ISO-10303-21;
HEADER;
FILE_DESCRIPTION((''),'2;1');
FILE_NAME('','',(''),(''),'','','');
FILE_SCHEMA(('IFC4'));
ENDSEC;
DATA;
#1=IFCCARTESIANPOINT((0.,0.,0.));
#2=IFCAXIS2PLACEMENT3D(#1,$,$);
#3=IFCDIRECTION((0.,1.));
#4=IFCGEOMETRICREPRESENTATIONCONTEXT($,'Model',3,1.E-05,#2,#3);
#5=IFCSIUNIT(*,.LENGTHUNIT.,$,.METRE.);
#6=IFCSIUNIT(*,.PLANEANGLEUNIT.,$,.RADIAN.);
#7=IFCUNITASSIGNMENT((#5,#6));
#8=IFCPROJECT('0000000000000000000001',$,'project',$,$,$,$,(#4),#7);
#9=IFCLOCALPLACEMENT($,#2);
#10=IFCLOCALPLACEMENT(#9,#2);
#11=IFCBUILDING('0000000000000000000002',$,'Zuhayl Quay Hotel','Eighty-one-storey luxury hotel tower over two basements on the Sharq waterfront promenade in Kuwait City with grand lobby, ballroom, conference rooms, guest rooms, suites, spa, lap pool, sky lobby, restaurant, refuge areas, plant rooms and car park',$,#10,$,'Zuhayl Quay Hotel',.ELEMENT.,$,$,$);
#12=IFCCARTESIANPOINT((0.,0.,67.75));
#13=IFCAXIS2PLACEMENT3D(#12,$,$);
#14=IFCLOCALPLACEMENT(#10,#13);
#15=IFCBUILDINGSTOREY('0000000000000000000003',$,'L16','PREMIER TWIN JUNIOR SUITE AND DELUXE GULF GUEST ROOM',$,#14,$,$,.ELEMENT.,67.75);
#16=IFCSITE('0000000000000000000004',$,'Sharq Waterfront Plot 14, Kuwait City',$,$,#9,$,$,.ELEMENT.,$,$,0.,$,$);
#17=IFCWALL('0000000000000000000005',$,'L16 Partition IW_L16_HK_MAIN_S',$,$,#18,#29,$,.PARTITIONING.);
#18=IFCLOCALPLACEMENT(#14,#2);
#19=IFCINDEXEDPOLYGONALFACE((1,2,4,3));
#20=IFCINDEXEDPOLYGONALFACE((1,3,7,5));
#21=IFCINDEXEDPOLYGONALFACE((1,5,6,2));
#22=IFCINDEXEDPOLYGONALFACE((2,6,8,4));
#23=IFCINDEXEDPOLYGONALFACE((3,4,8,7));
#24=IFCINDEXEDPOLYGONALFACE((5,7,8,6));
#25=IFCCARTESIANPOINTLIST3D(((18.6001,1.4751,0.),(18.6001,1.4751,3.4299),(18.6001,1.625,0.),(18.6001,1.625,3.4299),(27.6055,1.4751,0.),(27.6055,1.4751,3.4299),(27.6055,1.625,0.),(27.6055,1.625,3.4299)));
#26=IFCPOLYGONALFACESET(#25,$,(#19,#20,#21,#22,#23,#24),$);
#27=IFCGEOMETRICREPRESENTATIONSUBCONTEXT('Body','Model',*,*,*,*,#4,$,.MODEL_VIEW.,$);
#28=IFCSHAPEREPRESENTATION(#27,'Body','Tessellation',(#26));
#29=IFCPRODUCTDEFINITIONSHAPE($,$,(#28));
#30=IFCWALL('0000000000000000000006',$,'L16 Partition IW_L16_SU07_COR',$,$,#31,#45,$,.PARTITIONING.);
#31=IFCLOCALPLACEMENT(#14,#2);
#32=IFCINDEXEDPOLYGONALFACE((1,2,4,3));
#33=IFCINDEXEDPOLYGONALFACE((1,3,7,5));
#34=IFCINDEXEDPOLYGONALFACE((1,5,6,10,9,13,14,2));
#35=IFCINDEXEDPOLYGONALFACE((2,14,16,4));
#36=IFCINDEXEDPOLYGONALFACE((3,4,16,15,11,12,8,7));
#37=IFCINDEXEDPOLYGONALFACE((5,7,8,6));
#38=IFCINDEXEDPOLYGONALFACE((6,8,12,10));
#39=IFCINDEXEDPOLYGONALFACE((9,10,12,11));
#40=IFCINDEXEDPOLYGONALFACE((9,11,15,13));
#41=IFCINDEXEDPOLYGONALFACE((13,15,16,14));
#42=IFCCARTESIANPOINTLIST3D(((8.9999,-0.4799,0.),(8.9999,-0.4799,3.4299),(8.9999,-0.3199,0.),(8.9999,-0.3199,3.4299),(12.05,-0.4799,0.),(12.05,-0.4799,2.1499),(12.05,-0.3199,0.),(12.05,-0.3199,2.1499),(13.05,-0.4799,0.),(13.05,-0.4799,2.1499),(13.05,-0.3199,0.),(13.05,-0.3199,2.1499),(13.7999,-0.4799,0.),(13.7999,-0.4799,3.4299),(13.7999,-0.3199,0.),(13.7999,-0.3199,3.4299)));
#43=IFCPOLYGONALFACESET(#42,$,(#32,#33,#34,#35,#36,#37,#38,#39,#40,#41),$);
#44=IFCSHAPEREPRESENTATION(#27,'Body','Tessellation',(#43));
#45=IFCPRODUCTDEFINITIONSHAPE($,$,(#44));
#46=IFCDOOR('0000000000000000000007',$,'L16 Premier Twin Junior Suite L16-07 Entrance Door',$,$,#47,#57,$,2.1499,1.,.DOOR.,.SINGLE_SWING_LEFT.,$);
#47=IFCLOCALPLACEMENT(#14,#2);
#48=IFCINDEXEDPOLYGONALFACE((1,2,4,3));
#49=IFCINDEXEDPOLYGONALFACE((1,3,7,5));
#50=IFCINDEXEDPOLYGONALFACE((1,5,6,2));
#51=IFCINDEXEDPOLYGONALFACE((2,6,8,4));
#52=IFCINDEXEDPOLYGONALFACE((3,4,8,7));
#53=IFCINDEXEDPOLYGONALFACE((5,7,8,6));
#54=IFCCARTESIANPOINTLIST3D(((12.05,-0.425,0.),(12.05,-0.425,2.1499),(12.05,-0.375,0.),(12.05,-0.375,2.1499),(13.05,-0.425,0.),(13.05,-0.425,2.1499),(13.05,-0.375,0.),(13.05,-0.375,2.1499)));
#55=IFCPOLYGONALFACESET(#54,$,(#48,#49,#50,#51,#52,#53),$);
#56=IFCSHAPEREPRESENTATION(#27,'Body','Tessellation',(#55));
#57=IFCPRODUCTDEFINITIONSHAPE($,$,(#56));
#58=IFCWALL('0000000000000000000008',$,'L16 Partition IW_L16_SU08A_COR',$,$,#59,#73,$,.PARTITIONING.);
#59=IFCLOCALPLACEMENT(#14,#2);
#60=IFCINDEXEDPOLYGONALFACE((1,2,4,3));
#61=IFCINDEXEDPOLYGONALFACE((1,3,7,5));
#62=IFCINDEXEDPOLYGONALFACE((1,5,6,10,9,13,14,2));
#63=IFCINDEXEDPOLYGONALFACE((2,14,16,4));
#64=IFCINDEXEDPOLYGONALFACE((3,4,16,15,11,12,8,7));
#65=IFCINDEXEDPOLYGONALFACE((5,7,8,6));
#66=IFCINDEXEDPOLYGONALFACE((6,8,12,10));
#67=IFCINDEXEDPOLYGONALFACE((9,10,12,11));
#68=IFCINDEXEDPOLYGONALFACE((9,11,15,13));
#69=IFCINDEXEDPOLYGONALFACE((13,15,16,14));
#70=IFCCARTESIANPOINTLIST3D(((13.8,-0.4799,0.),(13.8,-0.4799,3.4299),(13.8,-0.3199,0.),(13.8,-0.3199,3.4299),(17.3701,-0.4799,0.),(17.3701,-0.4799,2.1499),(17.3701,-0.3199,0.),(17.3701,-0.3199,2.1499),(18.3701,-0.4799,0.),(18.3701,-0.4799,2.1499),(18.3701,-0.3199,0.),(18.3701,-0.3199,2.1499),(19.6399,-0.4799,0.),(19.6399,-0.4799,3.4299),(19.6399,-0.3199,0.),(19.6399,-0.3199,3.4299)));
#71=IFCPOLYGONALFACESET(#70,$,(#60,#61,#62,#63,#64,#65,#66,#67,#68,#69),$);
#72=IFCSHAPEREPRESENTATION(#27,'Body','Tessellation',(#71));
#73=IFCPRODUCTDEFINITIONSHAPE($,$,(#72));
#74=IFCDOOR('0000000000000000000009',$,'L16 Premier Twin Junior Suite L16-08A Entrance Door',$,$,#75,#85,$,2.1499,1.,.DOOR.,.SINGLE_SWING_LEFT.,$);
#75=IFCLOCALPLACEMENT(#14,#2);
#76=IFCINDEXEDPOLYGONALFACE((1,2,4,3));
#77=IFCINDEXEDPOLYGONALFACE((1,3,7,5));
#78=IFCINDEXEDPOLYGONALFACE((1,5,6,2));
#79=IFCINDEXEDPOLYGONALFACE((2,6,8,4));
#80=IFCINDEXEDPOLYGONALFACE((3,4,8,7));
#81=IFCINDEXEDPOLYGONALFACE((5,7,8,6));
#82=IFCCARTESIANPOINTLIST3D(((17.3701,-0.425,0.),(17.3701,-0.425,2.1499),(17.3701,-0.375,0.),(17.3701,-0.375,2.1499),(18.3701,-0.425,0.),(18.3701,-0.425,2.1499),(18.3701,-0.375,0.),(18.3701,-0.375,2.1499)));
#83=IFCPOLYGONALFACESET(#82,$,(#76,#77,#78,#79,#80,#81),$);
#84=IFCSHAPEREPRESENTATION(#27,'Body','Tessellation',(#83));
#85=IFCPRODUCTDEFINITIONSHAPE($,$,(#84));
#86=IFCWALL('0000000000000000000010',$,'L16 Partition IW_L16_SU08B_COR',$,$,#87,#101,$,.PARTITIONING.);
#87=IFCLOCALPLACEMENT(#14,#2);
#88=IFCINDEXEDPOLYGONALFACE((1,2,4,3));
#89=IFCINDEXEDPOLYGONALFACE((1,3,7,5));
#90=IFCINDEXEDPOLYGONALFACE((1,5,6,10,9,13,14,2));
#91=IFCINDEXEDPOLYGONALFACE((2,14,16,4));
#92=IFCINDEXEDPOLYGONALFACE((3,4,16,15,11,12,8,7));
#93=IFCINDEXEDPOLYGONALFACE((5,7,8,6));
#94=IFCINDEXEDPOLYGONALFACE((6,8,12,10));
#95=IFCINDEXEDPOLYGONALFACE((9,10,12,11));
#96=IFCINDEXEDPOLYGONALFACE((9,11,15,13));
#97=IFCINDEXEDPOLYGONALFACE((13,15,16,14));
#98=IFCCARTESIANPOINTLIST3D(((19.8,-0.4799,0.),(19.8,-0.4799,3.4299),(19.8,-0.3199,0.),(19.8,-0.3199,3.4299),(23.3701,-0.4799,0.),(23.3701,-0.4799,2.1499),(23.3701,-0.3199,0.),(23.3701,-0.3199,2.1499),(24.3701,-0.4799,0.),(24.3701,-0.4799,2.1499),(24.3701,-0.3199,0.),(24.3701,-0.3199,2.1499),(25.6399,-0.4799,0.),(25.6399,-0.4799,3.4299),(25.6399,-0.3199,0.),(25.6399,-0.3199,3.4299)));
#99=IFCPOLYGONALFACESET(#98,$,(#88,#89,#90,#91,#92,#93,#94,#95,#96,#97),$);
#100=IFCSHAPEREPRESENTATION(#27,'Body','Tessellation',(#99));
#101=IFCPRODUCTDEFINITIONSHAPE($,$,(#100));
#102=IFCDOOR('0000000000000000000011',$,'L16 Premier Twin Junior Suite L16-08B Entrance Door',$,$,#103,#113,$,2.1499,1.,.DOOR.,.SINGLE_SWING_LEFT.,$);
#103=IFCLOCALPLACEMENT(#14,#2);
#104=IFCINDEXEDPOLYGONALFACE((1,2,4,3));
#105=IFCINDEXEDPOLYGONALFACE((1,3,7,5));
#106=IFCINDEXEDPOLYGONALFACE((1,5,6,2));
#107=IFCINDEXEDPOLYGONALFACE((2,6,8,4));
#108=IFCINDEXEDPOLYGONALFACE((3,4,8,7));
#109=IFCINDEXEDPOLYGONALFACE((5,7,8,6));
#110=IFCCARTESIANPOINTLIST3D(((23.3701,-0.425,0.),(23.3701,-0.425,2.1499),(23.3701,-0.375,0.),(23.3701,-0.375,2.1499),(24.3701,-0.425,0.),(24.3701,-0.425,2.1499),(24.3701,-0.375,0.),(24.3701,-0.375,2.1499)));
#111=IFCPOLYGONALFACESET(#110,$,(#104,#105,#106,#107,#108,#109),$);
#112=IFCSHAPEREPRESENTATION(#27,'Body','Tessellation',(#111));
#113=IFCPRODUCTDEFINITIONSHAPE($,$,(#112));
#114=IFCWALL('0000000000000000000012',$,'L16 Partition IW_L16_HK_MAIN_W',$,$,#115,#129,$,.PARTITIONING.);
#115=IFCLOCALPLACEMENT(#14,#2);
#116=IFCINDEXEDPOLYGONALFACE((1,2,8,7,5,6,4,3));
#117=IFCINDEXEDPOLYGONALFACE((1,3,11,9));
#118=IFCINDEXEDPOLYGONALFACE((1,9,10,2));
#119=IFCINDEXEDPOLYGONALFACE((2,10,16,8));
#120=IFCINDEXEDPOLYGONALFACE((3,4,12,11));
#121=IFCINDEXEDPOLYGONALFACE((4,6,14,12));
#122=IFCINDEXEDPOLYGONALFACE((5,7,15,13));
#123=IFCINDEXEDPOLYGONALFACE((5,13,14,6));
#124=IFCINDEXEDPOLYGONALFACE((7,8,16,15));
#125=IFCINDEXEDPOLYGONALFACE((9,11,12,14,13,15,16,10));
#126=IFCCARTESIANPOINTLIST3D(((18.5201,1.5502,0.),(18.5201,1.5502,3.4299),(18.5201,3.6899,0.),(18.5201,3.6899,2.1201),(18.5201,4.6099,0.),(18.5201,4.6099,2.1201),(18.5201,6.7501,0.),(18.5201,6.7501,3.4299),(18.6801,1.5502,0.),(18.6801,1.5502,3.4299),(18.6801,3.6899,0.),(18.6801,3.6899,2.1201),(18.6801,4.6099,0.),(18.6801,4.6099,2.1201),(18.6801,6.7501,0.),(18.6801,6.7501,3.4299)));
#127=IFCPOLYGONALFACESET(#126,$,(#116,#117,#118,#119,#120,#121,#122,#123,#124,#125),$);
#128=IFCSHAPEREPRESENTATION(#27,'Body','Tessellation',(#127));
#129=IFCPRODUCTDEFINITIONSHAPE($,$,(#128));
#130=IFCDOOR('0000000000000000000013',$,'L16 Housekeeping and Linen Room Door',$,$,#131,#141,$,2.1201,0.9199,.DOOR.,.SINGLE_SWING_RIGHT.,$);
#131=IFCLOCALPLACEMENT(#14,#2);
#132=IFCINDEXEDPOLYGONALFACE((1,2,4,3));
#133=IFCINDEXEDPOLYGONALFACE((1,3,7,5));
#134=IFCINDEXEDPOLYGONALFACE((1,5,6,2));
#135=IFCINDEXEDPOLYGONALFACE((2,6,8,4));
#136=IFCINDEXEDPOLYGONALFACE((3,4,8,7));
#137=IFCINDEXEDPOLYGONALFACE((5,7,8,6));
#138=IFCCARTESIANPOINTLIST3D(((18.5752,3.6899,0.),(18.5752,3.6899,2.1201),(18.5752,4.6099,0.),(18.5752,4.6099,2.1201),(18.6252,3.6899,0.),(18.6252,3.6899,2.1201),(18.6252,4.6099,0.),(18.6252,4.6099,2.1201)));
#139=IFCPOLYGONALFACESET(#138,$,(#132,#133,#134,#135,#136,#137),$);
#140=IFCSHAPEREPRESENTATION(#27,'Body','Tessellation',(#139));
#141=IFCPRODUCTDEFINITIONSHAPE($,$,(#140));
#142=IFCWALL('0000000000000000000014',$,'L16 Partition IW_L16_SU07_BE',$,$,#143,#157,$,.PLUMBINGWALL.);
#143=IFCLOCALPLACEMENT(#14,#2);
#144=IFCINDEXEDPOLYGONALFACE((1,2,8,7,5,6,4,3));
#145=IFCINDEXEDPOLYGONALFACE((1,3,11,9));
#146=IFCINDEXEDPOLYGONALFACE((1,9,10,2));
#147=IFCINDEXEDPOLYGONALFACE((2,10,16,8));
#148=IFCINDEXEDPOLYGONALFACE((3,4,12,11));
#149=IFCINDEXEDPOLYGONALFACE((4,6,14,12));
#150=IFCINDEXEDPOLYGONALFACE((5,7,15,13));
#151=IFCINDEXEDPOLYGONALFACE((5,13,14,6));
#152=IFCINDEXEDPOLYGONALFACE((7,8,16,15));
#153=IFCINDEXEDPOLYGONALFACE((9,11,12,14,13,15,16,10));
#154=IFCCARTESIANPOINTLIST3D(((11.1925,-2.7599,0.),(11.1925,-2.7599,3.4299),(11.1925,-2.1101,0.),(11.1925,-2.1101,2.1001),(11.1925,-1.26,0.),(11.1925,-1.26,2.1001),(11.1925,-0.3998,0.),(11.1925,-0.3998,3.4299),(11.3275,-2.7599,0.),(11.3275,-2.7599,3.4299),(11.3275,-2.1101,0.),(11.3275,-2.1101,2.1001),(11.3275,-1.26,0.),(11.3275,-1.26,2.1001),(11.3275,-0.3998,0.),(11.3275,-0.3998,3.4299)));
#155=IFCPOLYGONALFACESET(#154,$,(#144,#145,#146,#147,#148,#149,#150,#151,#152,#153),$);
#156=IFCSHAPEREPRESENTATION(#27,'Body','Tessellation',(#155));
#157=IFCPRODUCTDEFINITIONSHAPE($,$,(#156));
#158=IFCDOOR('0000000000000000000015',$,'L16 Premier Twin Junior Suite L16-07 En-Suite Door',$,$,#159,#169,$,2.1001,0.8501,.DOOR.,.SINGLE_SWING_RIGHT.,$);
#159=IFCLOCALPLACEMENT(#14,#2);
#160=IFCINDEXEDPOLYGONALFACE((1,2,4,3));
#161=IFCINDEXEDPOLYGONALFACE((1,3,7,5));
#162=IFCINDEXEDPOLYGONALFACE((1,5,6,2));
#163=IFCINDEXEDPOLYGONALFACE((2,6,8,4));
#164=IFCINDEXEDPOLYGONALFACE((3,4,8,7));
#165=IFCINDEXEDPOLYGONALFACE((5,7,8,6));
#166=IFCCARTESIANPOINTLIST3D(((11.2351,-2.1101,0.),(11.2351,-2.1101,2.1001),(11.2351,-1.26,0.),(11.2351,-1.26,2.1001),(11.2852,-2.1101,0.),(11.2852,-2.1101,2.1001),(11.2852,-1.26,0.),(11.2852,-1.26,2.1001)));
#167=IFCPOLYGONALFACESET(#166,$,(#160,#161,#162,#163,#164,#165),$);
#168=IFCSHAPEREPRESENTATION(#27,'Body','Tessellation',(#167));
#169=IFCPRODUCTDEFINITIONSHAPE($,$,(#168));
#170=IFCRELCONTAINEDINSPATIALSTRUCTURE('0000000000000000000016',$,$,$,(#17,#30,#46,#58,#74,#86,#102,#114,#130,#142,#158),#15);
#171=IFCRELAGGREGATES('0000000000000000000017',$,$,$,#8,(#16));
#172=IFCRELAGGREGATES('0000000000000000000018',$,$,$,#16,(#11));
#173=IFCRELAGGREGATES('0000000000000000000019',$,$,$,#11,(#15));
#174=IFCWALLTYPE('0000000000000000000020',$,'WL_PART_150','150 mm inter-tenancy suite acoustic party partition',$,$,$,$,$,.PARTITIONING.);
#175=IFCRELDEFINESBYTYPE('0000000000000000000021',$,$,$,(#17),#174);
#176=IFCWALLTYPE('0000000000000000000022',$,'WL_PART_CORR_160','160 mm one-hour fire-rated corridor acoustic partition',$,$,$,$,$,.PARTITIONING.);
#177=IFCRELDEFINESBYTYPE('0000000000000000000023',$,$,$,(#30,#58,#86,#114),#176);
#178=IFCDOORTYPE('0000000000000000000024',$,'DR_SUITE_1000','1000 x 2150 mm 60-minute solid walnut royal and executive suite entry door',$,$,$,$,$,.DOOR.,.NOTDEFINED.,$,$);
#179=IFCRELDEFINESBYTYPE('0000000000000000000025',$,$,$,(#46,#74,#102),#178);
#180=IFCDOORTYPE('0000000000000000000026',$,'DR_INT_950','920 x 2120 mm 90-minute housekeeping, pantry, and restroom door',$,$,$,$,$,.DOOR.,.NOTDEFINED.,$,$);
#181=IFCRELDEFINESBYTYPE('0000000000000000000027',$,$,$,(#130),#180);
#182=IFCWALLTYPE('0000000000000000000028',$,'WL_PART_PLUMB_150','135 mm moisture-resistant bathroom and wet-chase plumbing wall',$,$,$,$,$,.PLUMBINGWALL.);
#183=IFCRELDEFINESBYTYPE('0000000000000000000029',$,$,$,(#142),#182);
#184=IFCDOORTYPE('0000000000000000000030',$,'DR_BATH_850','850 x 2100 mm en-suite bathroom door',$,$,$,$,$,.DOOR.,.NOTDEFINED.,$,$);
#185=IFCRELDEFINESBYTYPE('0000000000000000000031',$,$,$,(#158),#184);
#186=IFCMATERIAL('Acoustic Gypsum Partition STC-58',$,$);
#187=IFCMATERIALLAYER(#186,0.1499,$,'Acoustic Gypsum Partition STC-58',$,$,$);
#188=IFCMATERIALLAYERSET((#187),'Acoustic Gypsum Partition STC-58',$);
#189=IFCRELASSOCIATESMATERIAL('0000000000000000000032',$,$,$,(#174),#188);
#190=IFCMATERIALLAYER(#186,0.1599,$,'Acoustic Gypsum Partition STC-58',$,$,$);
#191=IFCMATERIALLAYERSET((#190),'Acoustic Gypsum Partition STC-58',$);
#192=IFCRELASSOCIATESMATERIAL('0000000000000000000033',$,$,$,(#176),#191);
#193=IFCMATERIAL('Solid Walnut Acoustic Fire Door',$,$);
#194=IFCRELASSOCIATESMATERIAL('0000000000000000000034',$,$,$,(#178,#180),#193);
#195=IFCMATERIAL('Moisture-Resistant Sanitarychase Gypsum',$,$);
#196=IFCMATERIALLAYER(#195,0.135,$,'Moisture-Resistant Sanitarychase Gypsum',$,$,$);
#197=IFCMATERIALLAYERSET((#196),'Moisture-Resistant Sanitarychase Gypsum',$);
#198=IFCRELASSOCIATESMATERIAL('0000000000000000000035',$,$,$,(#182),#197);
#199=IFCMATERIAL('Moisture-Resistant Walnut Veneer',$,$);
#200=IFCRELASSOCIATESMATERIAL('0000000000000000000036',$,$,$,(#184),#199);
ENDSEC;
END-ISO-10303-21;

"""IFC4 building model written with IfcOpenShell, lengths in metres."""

from ifc_helpers import new_model, si_unit, direction, frame, frame_2d, origin, place, context, subcontext, project, spatial, rectangle, extrude, material, layer, layer_set, type_object, element, fill, save


model = new_model("IFC4")

# Units and contexts
model_context = context("Model", 3, precision=1e-05, world=origin(), true_north=direction((0.0, 1.0)))
body_context = subcontext(model_context, "Body", "Model", "MODEL_VIEW")
ifc_project = project(units=[si_unit("LENGTHUNIT", "METRE"), si_unit("PLANEANGLEUNIT", "RADIAN")], contexts=[model_context])

# Site, building, storey
site_placement = place(None, origin())
site = spatial("IfcSite", under=ifc_project, at=site_placement, Name="Sharq Waterfront Plot 14, Kuwait City", CompositionType="ELEMENT", RefElevation=0.0)
building_placement = place(site_placement, origin())
building = spatial("IfcBuilding", under=site, at=building_placement, Name="Zuhayl Quay Hotel", Description="Eighty-one-storey luxury hotel tower over two basements on the Sharq waterfront promenade in Kuwait City with grand lobby, ballroom, conference rooms, guest rooms, suites, spa, lap pool, sky lobby, restaurant, refuge areas, plant rooms and car park", LongName="Zuhayl Quay Hotel", CompositionType="ELEMENT")
storey_placement = place(building_placement, frame((0.0, 0.0, 67.75)))
storey = spatial("IfcBuildingStorey", under=building, at=storey_placement, Name="L16", Description="PREMIER TWIN JUNIOR SUITE AND DELUXE GULF GUEST ROOM", CompositionType="ELEMENT", Elevation=67.75)

# Wall
ifc_material_1 = material(Name="Acoustic Gypsum Partition STC-58")
ifc_layer_1 = layer(ifc_material_1, 0.1499, Name="Acoustic Gypsum Partition STC-58")
ifc_layer_set_1 = layer_set([ifc_layer_1], Name="Acoustic Gypsum Partition STC-58")
wall_type_1 = type_object("IfcWallType", Name="WL_PART_150", Description="150 mm inter-tenancy suite acoustic party partition", PredefinedType="PARTITIONING", material=ifc_layer_set_1)
wall_1_placement = place(storey_placement, frame((18.6001, 1.55, 0.0), z_axis=(0.0, 0.0, 1.0), x_axis=(1.0, 0.0, 0.0)))
element("IfcWall", 1, at=wall_1_placement, inside=storey, type_object=wall_type_1, Name="L16 Partition IW_L16_HK_MAIN_S", PredefinedType="PARTITIONING", context=body_context, shape_type="SweptSolid", body=[
    extrude(rectangle(XDim=9.0054, YDim=0.1499, at=frame_2d((4.5027, 0.0))), origin(), (0.0, 0.0, 1.0), 3.4299),
])

# Walls, openings, doors
ifc_layer_2 = layer(ifc_material_1, 0.1599, Name="Acoustic Gypsum Partition STC-58")
ifc_layer_set_2 = layer_set([ifc_layer_2], Name="Acoustic Gypsum Partition STC-58")
wall_type_2 = type_object("IfcWallType", Name="WL_PART_CORR_160", Description="160 mm one-hour fire-rated corridor acoustic partition", PredefinedType="PARTITIONING", material=ifc_layer_set_2)
wall_2_placement = place(storey_placement, frame((9.0, -0.3999, 0.0), z_axis=(0.0, 0.0, 1.0), x_axis=(1.0, 0.0, 0.0)))
wall_2 = element("IfcWall", 2, at=wall_2_placement, inside=storey, type_object=wall_type_2, Name="L16 Partition IW_L16_SU07_COR", PredefinedType="PARTITIONING", context=body_context, shape_type="SweptSolid", body=[
    extrude(rectangle(XDim=4.8, YDim=0.1599, at=frame_2d((2.3999, 0.0))), origin(), (0.0, 0.0, 1.0), 3.4299),
])
opening_1_placement = place(wall_2_placement, frame((3.05, 0.0, 0.0)))
opening_1 = element("IfcOpeningElement", 3, at=opening_1_placement, cuts=wall_2, PredefinedType="OPENING", context=body_context, shape_type="SweptSolid", body=[
    extrude(rectangle(XDim=1.0, YDim=2.1499, at=frame_2d((0.5, 1.075))), frame((0.0, 0.0898, 0.0), z_axis=(0.0, -1.0, 0.0), x_axis=(1.0, 0.0, 0.0)), (0.0, 0.0, 1.0), 0.1799),
])
ifc_material_2 = material(Name="Solid Walnut Acoustic Fire Door")
door_type_1 = type_object("IfcDoorType", Name="DR_SUITE_1000", Description="1000 x 2150 mm 60-minute solid walnut royal and executive suite entry door", OperationType="NOTDEFINED", PredefinedType="DOOR", material=ifc_material_2)
door_1_placement = place(opening_1_placement, origin())
door_1 = element("IfcDoor", 4, at=door_1_placement, inside=storey, type_object=door_type_1, Name="L16 Premier Twin Junior Suite L16-07 Entrance Door", OperationType="SINGLE_SWING_LEFT", OverallHeight=2.1499, OverallWidth=1.0, PredefinedType="DOOR", context=body_context, shape_type="SweptSolid", body=[
    extrude(rectangle(XDim=1.0, YDim=2.1499, at=frame_2d((0.5, 1.075))), frame((0.0, 0.0249, 0.0), z_axis=(0.0, -1.0, 0.0), x_axis=(1.0, 0.0, 0.0)), (0.0, 0.0, 1.0), 0.05),
])
fill(opening_1, door_1)
wall_3_placement = place(storey_placement, frame((13.8, -0.3999, 0.0), z_axis=(0.0, 0.0, 1.0), x_axis=(1.0, 0.0, 0.0)))
wall_3 = element("IfcWall", 5, at=wall_3_placement, inside=storey, type_object=wall_type_2, Name="L16 Partition IW_L16_SU08A_COR", PredefinedType="PARTITIONING", context=body_context, shape_type="SweptSolid", body=[
    extrude(rectangle(XDim=5.8398, YDim=0.1599, at=frame_2d((2.9199, 0.0))), origin(), (0.0, 0.0, 1.0), 3.4299),
])
opening_2_placement = place(wall_3_placement, frame((3.5701, 0.0, 0.0)))
opening_2 = element("IfcOpeningElement", 6, at=opening_2_placement, cuts=wall_3, PredefinedType="OPENING", context=body_context, shape_type="SweptSolid", body=[
    extrude(rectangle(XDim=1.0, YDim=2.1499, at=frame_2d((0.5, 1.075))), frame((0.0, 0.0898, 0.0), z_axis=(0.0, -1.0, 0.0), x_axis=(1.0, 0.0, 0.0)), (0.0, 0.0, 1.0), 0.1799),
])
door_2_placement = place(opening_2_placement, origin())
door_2 = element("IfcDoor", 7, at=door_2_placement, inside=storey, type_object=door_type_1, Name="L16 Premier Twin Junior Suite L16-08A Entrance Door", OperationType="SINGLE_SWING_LEFT", OverallHeight=2.1499, OverallWidth=1.0, PredefinedType="DOOR", context=body_context, shape_type="SweptSolid", body=[
    extrude(rectangle(XDim=1.0, YDim=2.1499, at=frame_2d((0.5, 1.075))), frame((0.0, 0.0249, 0.0), z_axis=(0.0, -1.0, 0.0), x_axis=(1.0, 0.0, 0.0)), (0.0, 0.0, 1.0), 0.05),
])
fill(opening_2, door_2)
wall_4_placement = place(storey_placement, frame((19.8, -0.3999, 0.0), z_axis=(0.0, 0.0, 1.0), x_axis=(1.0, 0.0, 0.0)))
wall_4 = element("IfcWall", 8, at=wall_4_placement, inside=storey, type_object=wall_type_2, Name="L16 Partition IW_L16_SU08B_COR", PredefinedType="PARTITIONING", context=body_context, shape_type="SweptSolid", body=[
    extrude(rectangle(XDim=5.8398, YDim=0.1599, at=frame_2d((2.9199, 0.0))), origin(), (0.0, 0.0, 1.0), 3.4299),
])
opening_3_placement = place(wall_4_placement, frame((3.5701, 0.0, 0.0)))
opening_3 = element("IfcOpeningElement", 9, at=opening_3_placement, cuts=wall_4, PredefinedType="OPENING", context=body_context, shape_type="SweptSolid", body=[
    extrude(rectangle(XDim=1.0, YDim=2.1499, at=frame_2d((0.5, 1.075))), frame((0.0, 0.0898, 0.0), z_axis=(0.0, -1.0, 0.0), x_axis=(1.0, 0.0, 0.0)), (0.0, 0.0, 1.0), 0.1799),
])
door_3_placement = place(opening_3_placement, origin())
door_3 = element("IfcDoor", 10, at=door_3_placement, inside=storey, type_object=door_type_1, Name="L16 Premier Twin Junior Suite L16-08B Entrance Door", OperationType="SINGLE_SWING_LEFT", OverallHeight=2.1499, OverallWidth=1.0, PredefinedType="DOOR", context=body_context, shape_type="SweptSolid", body=[
    extrude(rectangle(XDim=1.0, YDim=2.1499, at=frame_2d((0.5, 1.075))), frame((0.0, 0.0249, 0.0), z_axis=(0.0, -1.0, 0.0), x_axis=(1.0, 0.0, 0.0)), (0.0, 0.0, 1.0), 0.05),
])
fill(opening_3, door_3)
wall_5_placement = place(storey_placement, frame((18.6001, 1.55, 0.0), z_axis=(0.0, 0.0, 1.0), x_axis=(0.0, 1.0, 0.0)))
wall_5 = element("IfcWall", 11, at=wall_5_placement, inside=storey, type_object=wall_type_2, Name="L16 Partition IW_L16_HK_MAIN_W", PredefinedType="PARTITIONING", context=body_context, shape_type="SweptSolid", body=[
    extrude(rectangle(XDim=5.2, YDim=0.1599, at=frame_2d((2.6001, 0.0))), origin(), (0.0, 0.0, 1.0), 3.4299),
])
opening_4_placement = place(wall_5_placement, frame((2.1399, 0.0, 0.0)))
opening_4 = element("IfcOpeningElement", 12, at=opening_4_placement, cuts=wall_5, PredefinedType="OPENING", context=body_context, shape_type="SweptSolid", body=[
    extrude(rectangle(XDim=0.9199, YDim=2.1201, at=frame_2d((0.46, 1.0601))), frame((0.0, 0.0898, 0.0), z_axis=(0.0, -1.0, 0.0), x_axis=(1.0, 0.0, 0.0)), (0.0, 0.0, 1.0), 0.1799),
])
door_type_2 = type_object("IfcDoorType", Name="DR_INT_950", Description="920 x 2120 mm 90-minute housekeeping, pantry, and restroom door", OperationType="NOTDEFINED", PredefinedType="DOOR", material=ifc_material_2)
door_4_placement = place(opening_4_placement, origin())
door_4 = element("IfcDoor", 13, at=door_4_placement, inside=storey, type_object=door_type_2, Name="L16 Housekeeping and Linen Room Door", OperationType="SINGLE_SWING_RIGHT", OverallHeight=2.1201, OverallWidth=0.9199, PredefinedType="DOOR", context=body_context, shape_type="SweptSolid", body=[
    extrude(rectangle(XDim=0.9199, YDim=2.1201, at=frame_2d((0.46, 1.0601))), frame((0.0, 0.0249, 0.0), z_axis=(0.0, -1.0, 0.0), x_axis=(1.0, 0.0, 0.0)), (0.0, 0.0, 1.0), 0.05),
])
fill(opening_4, door_4)
ifc_material_3 = material(Name="Moisture-Resistant Sanitarychase Gypsum")
ifc_layer_3 = layer(ifc_material_3, 0.135, Name="Moisture-Resistant Sanitarychase Gypsum")
ifc_layer_set_3 = layer_set([ifc_layer_3], Name="Moisture-Resistant Sanitarychase Gypsum")
wall_type_3 = type_object("IfcWallType", Name="WL_PART_PLUMB_150", Description="135 mm moisture-resistant bathroom and wet-chase plumbing wall", PredefinedType="PLUMBINGWALL", material=ifc_layer_set_3)
wall_6_placement = place(storey_placement, frame((11.26, -2.76, 0.0), z_axis=(0.0, 0.0, 1.0), x_axis=(0.0, 1.0, 0.0)))
wall_6 = element("IfcWall", 14, at=wall_6_placement, inside=storey, type_object=wall_type_3, Name="L16 Partition IW_L16_SU07_BE", PredefinedType="PLUMBINGWALL", context=body_context, shape_type="SweptSolid", body=[
    extrude(rectangle(XDim=2.3601, YDim=0.135, at=frame_2d((1.1802, 0.0))), origin(), (0.0, 0.0, 1.0), 3.4299),
])
opening_5_placement = place(wall_6_placement, frame((0.6499, 0.0, 0.0)))
opening_5 = element("IfcOpeningElement", 15, at=opening_5_placement, cuts=wall_6, PredefinedType="OPENING", context=body_context, shape_type="SweptSolid", body=[
    extrude(rectangle(XDim=0.8501, YDim=2.1001, at=frame_2d((0.425, 1.05))), frame((0.0, 0.0774, 0.0), z_axis=(0.0, -1.0, 0.0), x_axis=(1.0, 0.0, 0.0)), (0.0, 0.0, 1.0), 0.155),
])
ifc_material_4 = material(Name="Moisture-Resistant Walnut Veneer")
door_type_3 = type_object("IfcDoorType", Name="DR_BATH_850", Description="850 x 2100 mm en-suite bathroom door", OperationType="NOTDEFINED", PredefinedType="DOOR", material=ifc_material_4)
door_5_placement = place(opening_5_placement, origin())
door_5 = element("IfcDoor", 16, at=door_5_placement, inside=storey, type_object=door_type_3, Name="L16 Premier Twin Junior Suite L16-07 En-Suite Door", OperationType="SINGLE_SWING_RIGHT", OverallHeight=2.1001, OverallWidth=0.8501, PredefinedType="DOOR", context=body_context, shape_type="SweptSolid", body=[
    extrude(rectangle(XDim=0.8501, YDim=2.1001, at=frame_2d((0.425, 1.05))), frame((0.0, 0.0249, 0.0), z_axis=(0.0, -1.0, 0.0), x_axis=(1.0, 0.0, 0.0)), (0.0, 0.0, 1.0), 0.05),
])
fill(opening_5, door_5)

save(model, "model.ifc")
